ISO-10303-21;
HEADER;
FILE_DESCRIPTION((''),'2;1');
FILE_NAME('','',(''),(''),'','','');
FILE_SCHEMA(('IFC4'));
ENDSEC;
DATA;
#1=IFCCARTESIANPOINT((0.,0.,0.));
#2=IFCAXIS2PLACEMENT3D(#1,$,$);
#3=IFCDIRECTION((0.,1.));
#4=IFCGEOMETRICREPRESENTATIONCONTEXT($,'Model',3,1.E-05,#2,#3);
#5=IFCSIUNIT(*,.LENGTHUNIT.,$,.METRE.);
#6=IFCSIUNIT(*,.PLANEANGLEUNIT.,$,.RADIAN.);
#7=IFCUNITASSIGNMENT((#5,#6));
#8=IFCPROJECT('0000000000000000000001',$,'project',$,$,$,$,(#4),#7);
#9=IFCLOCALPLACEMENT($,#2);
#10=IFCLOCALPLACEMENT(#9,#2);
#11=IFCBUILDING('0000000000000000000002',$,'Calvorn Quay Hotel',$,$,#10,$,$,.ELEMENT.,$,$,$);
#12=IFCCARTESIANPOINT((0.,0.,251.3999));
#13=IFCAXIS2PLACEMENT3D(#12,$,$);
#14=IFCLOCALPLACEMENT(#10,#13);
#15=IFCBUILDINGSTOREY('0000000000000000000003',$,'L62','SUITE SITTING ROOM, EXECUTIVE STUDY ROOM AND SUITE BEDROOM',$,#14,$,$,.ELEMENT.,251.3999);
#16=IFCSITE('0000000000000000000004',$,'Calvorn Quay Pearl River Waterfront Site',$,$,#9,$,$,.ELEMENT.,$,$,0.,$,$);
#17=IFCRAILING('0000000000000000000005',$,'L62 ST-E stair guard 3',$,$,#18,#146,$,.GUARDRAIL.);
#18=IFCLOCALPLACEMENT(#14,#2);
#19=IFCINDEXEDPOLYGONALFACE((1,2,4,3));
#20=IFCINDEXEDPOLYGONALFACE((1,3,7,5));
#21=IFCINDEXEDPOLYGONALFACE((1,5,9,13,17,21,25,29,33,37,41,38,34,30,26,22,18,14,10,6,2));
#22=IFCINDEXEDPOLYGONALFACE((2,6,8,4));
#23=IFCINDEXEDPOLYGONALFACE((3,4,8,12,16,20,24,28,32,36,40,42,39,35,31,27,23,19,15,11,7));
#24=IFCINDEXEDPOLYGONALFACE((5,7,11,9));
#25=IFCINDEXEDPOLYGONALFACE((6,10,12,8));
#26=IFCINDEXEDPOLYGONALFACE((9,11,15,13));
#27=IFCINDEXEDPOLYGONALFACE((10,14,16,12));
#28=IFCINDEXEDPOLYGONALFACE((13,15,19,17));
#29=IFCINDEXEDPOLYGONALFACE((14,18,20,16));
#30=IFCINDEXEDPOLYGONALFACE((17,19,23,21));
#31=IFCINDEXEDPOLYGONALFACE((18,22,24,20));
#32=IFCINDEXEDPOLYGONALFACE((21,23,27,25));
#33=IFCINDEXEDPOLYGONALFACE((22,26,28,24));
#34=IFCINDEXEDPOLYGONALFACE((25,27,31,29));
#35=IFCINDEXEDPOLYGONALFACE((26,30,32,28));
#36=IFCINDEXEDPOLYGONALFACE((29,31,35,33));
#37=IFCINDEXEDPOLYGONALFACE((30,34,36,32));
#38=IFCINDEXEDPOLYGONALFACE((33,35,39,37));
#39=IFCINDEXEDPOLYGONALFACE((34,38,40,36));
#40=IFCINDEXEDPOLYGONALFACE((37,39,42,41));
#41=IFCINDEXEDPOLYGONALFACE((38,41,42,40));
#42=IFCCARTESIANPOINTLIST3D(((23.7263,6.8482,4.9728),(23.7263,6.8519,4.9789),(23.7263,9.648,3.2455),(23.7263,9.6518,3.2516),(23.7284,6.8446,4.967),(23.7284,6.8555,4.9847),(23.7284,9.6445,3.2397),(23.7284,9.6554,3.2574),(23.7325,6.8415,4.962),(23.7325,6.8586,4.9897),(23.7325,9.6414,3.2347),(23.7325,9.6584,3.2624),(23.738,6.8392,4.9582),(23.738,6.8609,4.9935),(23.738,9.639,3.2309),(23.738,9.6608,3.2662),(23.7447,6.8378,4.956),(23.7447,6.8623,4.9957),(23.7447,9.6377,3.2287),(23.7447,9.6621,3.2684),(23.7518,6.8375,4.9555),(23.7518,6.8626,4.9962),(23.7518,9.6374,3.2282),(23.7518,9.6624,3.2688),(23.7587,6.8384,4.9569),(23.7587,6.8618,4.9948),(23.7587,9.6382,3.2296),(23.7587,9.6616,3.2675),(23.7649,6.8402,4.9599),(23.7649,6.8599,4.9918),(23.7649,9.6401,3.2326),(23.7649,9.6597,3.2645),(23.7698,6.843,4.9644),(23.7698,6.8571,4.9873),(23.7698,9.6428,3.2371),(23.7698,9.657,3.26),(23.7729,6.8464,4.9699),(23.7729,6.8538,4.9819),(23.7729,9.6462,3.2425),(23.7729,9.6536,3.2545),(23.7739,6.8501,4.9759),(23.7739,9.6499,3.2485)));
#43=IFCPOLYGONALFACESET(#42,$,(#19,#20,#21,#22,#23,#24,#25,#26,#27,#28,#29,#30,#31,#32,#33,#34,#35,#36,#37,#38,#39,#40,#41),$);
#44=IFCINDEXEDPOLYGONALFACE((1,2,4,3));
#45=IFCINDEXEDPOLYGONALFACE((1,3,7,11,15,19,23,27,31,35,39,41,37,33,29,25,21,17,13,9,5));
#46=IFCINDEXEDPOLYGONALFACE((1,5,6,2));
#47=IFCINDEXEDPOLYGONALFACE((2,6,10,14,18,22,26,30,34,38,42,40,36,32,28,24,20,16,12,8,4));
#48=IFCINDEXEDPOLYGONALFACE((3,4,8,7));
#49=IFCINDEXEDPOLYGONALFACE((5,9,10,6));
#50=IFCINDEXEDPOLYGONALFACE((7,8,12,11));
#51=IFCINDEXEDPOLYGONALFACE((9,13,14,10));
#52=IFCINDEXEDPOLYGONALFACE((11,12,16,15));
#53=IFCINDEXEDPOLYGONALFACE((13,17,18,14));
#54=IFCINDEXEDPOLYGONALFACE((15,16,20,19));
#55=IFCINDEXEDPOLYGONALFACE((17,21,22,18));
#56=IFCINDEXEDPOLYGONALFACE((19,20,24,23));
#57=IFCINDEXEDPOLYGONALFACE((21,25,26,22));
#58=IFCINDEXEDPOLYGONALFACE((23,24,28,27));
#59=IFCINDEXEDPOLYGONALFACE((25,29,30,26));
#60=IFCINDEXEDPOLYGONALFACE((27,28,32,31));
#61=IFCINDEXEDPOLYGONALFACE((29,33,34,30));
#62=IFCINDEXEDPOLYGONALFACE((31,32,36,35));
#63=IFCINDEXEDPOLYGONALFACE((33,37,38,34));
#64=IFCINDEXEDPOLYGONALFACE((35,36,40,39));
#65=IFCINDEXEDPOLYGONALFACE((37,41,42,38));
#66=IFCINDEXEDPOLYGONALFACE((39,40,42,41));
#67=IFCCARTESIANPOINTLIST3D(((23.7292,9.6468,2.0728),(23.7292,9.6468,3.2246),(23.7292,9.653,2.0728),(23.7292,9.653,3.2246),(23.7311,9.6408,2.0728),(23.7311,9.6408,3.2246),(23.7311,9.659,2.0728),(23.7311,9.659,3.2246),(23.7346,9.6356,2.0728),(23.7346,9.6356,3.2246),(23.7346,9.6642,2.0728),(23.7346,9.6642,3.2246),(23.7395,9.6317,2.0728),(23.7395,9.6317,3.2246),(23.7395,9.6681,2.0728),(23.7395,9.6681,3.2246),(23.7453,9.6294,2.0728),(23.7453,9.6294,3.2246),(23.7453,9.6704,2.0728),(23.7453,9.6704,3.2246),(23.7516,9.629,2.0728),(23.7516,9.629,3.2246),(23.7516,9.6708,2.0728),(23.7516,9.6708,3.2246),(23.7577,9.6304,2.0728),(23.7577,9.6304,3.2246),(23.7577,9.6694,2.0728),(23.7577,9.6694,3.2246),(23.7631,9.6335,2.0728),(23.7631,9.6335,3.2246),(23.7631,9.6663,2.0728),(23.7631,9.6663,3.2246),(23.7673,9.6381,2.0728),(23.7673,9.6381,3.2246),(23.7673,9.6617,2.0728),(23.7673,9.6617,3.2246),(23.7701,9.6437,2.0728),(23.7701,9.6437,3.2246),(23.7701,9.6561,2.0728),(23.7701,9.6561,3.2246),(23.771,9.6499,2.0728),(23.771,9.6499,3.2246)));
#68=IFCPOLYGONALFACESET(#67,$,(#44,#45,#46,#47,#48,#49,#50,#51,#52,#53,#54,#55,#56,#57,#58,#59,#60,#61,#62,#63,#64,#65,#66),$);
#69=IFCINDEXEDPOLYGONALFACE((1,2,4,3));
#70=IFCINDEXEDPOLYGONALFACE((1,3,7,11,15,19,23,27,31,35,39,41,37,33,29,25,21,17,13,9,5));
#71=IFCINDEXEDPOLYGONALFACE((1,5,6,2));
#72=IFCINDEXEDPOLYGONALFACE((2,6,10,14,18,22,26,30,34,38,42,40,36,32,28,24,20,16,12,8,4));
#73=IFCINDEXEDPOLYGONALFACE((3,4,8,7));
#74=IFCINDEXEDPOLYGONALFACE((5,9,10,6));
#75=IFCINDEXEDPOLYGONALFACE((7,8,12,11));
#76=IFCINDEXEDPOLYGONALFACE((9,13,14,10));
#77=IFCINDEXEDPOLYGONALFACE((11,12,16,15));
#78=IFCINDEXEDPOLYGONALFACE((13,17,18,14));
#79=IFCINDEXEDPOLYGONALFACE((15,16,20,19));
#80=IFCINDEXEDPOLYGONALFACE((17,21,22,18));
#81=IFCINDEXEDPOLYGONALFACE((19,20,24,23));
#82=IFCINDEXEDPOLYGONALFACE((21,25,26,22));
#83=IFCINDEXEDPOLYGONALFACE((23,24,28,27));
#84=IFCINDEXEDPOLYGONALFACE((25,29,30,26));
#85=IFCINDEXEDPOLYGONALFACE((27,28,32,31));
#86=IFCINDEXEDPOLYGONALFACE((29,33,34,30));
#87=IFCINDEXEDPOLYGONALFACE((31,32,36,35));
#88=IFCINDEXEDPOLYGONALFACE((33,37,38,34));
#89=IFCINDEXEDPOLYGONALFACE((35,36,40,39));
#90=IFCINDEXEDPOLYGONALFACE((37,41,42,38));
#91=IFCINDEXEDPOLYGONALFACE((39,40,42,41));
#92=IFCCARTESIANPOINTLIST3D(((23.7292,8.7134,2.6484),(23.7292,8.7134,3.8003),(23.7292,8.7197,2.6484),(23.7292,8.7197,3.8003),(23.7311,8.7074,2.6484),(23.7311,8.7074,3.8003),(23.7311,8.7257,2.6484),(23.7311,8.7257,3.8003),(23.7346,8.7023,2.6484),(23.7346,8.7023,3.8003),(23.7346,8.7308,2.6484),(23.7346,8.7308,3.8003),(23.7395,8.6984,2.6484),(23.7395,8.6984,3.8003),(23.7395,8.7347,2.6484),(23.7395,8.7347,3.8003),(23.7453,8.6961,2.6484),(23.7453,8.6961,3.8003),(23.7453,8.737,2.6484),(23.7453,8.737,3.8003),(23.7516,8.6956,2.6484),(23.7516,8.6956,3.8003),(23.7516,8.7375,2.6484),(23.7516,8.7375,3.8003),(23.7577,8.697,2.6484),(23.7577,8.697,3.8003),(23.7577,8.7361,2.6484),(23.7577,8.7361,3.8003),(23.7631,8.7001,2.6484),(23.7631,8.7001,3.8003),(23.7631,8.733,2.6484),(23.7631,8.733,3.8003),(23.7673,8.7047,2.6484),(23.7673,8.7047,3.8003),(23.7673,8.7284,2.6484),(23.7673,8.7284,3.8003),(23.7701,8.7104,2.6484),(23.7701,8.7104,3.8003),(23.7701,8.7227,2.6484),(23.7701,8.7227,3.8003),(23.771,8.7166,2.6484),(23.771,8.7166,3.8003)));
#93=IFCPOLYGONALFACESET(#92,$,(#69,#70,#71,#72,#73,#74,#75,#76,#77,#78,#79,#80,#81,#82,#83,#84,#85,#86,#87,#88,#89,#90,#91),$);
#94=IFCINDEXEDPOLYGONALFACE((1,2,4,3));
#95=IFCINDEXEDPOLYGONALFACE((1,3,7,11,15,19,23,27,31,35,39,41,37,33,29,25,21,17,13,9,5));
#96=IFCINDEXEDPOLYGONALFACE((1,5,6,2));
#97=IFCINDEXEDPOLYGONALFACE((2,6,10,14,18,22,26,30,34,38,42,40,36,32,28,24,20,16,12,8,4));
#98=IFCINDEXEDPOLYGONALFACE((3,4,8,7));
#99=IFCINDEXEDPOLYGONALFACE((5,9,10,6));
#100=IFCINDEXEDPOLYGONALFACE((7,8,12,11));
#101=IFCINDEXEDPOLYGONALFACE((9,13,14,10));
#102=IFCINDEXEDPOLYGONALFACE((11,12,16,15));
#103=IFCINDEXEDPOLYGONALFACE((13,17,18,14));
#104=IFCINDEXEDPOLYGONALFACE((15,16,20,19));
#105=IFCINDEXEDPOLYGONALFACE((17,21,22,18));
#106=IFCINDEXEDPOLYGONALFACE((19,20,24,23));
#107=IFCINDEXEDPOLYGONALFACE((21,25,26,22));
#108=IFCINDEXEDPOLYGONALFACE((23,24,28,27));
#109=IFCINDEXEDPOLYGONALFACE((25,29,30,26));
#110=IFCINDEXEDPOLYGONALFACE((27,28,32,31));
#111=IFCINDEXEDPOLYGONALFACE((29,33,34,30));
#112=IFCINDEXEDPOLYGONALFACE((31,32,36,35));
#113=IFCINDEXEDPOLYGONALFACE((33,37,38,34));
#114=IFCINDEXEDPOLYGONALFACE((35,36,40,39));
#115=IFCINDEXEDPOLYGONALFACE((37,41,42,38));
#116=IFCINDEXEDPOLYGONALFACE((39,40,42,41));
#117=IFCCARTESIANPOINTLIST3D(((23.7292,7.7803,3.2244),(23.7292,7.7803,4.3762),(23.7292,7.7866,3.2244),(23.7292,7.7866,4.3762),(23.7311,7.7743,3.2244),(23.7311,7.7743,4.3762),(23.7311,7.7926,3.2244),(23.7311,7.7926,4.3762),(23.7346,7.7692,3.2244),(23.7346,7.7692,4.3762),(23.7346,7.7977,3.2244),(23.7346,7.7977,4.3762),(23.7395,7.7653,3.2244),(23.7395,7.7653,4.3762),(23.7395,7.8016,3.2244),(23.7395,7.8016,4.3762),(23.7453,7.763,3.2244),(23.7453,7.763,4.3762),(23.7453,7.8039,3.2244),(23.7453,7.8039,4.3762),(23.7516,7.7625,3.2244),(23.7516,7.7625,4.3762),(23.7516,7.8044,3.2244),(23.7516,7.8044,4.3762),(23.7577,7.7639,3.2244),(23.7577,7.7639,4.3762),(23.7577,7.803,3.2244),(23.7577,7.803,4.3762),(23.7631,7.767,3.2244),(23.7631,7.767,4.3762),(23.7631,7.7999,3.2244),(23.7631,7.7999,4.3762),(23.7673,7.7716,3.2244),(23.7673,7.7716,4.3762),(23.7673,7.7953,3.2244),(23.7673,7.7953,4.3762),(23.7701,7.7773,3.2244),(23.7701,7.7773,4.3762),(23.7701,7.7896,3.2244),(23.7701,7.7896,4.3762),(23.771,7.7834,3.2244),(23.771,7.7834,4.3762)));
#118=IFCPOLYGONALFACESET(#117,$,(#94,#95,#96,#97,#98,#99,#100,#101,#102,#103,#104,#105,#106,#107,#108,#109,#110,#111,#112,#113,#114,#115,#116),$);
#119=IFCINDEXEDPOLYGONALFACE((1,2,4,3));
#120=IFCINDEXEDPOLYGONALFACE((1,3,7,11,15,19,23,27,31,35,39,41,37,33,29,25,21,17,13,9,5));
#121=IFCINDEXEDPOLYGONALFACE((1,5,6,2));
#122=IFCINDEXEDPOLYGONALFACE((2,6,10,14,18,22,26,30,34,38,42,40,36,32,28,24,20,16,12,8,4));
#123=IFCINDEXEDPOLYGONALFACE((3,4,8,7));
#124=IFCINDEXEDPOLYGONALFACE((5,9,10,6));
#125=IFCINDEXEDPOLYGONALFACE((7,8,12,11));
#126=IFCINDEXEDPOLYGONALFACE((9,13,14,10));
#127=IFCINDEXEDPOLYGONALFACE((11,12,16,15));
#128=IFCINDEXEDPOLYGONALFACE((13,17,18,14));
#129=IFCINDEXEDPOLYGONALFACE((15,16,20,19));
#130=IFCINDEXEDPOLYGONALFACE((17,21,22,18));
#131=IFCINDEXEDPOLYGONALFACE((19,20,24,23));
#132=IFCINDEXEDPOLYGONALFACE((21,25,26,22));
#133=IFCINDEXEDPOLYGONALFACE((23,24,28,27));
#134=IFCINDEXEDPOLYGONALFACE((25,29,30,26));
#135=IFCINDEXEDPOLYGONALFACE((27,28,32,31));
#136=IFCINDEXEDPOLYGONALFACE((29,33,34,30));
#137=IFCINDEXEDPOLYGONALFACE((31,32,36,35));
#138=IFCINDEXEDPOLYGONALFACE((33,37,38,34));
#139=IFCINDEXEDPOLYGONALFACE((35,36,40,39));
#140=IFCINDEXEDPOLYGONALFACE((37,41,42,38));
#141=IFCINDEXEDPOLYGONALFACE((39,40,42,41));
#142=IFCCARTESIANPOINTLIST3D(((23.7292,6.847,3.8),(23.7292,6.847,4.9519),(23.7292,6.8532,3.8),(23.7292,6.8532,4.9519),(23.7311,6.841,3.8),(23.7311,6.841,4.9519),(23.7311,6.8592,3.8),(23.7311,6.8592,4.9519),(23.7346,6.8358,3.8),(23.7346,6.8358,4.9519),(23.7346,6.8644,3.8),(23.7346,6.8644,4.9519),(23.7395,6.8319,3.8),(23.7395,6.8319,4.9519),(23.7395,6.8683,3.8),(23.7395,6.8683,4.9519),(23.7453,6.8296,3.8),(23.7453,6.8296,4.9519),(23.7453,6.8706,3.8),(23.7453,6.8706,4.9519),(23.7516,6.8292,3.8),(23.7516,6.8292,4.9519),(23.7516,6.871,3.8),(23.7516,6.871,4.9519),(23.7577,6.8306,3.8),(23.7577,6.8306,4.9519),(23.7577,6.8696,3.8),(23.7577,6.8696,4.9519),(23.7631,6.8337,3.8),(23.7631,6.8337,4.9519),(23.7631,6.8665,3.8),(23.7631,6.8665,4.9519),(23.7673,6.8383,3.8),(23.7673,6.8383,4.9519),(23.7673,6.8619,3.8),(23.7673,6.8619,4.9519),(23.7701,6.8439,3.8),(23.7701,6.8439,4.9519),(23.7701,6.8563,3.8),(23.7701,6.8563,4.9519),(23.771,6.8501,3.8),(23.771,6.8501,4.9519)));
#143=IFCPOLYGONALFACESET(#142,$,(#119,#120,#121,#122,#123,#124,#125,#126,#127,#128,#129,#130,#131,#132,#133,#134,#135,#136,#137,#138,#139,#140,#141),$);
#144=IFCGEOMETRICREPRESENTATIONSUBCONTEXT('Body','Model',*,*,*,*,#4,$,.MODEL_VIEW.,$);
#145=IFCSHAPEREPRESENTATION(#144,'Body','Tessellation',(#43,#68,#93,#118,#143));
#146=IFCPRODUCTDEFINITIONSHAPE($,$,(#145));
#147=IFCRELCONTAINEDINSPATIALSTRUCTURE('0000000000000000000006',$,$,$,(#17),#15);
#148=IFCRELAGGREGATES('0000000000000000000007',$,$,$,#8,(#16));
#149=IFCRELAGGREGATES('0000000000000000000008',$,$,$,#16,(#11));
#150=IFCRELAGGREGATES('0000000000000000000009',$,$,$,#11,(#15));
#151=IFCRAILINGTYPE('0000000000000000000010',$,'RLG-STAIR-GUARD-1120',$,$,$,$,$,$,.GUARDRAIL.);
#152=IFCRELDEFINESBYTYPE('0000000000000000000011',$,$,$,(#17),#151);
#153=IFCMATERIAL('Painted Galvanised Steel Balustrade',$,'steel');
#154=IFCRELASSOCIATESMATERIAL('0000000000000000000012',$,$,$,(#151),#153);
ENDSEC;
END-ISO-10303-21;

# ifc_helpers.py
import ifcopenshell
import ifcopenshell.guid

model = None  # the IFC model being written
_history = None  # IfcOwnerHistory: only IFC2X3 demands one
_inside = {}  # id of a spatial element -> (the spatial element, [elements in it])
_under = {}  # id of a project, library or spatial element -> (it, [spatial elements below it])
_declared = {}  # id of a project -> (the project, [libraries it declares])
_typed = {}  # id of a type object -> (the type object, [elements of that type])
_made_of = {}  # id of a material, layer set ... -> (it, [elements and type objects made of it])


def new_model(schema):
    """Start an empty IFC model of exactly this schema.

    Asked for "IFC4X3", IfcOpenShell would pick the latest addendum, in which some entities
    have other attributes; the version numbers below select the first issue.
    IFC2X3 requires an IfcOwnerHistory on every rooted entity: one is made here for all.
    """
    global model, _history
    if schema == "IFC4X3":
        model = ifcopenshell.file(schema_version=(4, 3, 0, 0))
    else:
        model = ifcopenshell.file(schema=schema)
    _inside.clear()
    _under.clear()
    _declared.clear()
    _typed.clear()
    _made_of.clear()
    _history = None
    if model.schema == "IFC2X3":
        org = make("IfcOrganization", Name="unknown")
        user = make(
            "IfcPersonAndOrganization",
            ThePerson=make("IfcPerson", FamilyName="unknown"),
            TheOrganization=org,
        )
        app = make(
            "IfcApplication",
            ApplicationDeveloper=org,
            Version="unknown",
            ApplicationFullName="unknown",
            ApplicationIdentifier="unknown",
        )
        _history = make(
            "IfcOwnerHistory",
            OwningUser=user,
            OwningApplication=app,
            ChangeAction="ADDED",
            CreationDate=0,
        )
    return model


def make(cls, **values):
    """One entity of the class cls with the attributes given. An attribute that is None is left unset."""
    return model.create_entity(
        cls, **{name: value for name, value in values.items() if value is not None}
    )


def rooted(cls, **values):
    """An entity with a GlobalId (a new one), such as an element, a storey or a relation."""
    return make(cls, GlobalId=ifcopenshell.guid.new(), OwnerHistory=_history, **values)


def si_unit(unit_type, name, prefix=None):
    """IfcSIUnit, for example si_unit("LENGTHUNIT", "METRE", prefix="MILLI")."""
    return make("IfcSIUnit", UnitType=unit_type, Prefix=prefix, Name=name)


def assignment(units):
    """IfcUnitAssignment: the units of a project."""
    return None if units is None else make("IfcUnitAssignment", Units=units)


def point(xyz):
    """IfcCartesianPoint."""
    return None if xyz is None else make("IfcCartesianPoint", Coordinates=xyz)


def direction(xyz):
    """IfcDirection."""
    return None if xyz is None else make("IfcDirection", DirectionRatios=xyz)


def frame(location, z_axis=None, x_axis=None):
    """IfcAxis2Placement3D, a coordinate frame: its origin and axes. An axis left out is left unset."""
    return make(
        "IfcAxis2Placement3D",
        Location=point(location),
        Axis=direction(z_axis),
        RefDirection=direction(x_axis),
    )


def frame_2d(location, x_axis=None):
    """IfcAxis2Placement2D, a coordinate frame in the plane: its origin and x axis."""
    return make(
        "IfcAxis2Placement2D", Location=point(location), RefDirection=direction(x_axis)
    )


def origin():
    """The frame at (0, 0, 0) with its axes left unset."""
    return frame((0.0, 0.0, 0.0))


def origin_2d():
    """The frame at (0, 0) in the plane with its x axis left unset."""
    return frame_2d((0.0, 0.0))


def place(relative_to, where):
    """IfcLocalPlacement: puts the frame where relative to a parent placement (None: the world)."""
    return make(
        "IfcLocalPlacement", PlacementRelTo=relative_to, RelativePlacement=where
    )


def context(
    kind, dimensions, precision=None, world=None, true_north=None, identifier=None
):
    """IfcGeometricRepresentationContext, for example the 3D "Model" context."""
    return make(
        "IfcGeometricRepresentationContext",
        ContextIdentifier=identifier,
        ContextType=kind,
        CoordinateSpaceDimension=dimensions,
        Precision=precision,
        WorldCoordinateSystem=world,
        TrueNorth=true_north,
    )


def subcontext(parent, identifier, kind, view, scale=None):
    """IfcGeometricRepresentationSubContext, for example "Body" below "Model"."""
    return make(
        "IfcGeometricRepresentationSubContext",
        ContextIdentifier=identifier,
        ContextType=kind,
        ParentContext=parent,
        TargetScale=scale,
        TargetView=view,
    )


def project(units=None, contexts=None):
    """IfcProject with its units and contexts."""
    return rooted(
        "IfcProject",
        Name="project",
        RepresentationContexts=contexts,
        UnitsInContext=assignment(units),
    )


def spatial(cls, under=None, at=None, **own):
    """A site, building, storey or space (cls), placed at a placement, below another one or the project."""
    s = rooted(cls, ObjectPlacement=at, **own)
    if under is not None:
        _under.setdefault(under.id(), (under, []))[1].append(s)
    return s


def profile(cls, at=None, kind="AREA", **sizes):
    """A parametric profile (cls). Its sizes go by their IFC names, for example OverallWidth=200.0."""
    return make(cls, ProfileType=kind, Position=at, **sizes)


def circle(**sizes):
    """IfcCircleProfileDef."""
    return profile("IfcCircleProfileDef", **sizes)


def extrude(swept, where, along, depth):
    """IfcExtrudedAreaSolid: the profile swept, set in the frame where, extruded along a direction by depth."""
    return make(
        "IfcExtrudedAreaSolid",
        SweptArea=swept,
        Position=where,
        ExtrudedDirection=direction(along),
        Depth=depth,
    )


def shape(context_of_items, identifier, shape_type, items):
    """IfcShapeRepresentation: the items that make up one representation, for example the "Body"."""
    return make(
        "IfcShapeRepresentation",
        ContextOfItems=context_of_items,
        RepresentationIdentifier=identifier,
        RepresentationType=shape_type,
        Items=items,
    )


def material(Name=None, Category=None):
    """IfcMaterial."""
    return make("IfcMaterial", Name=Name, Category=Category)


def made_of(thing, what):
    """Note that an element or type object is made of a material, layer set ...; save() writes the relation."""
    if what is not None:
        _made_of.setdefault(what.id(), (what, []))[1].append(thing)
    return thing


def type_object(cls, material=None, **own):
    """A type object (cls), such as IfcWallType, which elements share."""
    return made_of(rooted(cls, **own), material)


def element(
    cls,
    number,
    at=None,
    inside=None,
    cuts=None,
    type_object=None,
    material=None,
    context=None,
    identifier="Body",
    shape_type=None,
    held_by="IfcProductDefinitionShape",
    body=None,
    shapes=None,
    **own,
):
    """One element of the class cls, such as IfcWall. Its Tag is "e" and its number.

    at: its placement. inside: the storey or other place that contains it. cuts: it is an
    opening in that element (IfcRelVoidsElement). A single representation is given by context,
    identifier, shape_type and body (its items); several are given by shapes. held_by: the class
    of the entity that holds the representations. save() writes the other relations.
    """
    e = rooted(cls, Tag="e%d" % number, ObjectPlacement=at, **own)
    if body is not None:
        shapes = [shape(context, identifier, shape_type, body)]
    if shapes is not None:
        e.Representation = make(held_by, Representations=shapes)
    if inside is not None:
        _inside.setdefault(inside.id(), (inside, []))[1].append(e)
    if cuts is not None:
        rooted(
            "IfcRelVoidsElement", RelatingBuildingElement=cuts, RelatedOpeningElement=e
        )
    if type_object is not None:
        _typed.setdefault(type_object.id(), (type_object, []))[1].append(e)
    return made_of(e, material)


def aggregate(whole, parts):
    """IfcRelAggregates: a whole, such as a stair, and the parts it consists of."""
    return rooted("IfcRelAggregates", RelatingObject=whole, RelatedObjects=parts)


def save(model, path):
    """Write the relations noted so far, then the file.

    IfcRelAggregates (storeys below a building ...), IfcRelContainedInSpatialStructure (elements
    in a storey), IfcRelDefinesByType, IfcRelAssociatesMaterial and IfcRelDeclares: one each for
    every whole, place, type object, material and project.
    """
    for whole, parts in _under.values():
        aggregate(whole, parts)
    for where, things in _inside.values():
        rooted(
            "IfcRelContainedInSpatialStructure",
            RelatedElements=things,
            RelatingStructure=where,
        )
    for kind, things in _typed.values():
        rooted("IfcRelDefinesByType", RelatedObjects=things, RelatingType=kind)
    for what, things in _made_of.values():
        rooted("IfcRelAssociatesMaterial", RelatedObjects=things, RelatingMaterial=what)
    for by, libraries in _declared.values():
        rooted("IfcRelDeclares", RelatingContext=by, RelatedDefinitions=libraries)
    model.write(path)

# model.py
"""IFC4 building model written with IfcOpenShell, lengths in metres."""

from ifc_helpers import new_model, si_unit, direction, frame, origin, origin_2d, place, context, subcontext, project, spatial, circle, extrude, material, type_object, element, save


model = new_model("IFC4")

# Units and contexts
model_context = context("Model", 3, precision=1e-05, world=origin(), true_north=direction((0.0, 1.0)))
body_context = subcontext(model_context, "Body", "Model", "MODEL_VIEW")
ifc_project = project(units=[si_unit("LENGTHUNIT", "METRE"), si_unit("PLANEANGLEUNIT", "RADIAN")], contexts=[model_context])

# Site, building, storey
site_placement = place(None, origin())
site = spatial("IfcSite", under=ifc_project, at=site_placement, Name="Calvorn Quay Pearl River Waterfront Site", CompositionType="ELEMENT", RefElevation=0.0)
building_placement = place(site_placement, origin())
building = spatial("IfcBuilding", under=site, at=building_placement, Name="Calvorn Quay Hotel", CompositionType="ELEMENT")
storey_placement = place(building_placement, frame((0.0, 0.0, 251.3999)))
storey = spatial("IfcBuildingStorey", under=building, at=storey_placement, Name="L62", Description="SUITE SITTING ROOM, EXECUTIVE STUDY ROOM AND SUITE BEDROOM", CompositionType="ELEMENT", Elevation=251.3999)

# Railing
ifc_material_1 = material(Name="Painted Galvanised Steel Balustrade", Category="steel")
railing_type_1 = type_object("IfcRailingType", Name="RLG-STAIR-GUARD-1120", PredefinedType="GUARDRAIL", material=ifc_material_1)
railing_1_placement = place(storey_placement, frame((23.75, 9.6499, 2.0728)))
element("IfcRailing", 1, at=railing_1_placement, inside=storey, type_object=railing_type_1, Name="L62 ST-E stair guard 3", PredefinedType="GUARDRAIL", context=body_context, shape_type="SweptSolid", body=[
    extrude(circle(Radius=0.0239, at=origin_2d()), frame((0.0, 0.0, 1.1758), z_axis=(0.0, -0.851069, 0.525054), x_axis=(1.0, 0.0, 0.0)), (0.0, 0.0, 1.0), 3.2898),
    extrude(circle(Radius=0.021, at=origin_2d()), origin(), (0.0, 0.0, 1.0), 1.1519),
    extrude(circle(Radius=0.021, at=origin_2d()), frame((0.0, -0.9333, 0.5757)), (0.0, 0.0, 1.0), 1.1519),
    extrude(circle(Radius=0.021, at=origin_2d()), frame((0.0, -1.8665, 1.1516)), (0.0, 0.0, 1.0), 1.1519),
    extrude(circle(Radius=0.021, at=origin_2d()), frame((0.0, -2.7998, 1.7273)), (0.0, 0.0, 1.0), 1.1519),
])

save(model, "model.ifc")
